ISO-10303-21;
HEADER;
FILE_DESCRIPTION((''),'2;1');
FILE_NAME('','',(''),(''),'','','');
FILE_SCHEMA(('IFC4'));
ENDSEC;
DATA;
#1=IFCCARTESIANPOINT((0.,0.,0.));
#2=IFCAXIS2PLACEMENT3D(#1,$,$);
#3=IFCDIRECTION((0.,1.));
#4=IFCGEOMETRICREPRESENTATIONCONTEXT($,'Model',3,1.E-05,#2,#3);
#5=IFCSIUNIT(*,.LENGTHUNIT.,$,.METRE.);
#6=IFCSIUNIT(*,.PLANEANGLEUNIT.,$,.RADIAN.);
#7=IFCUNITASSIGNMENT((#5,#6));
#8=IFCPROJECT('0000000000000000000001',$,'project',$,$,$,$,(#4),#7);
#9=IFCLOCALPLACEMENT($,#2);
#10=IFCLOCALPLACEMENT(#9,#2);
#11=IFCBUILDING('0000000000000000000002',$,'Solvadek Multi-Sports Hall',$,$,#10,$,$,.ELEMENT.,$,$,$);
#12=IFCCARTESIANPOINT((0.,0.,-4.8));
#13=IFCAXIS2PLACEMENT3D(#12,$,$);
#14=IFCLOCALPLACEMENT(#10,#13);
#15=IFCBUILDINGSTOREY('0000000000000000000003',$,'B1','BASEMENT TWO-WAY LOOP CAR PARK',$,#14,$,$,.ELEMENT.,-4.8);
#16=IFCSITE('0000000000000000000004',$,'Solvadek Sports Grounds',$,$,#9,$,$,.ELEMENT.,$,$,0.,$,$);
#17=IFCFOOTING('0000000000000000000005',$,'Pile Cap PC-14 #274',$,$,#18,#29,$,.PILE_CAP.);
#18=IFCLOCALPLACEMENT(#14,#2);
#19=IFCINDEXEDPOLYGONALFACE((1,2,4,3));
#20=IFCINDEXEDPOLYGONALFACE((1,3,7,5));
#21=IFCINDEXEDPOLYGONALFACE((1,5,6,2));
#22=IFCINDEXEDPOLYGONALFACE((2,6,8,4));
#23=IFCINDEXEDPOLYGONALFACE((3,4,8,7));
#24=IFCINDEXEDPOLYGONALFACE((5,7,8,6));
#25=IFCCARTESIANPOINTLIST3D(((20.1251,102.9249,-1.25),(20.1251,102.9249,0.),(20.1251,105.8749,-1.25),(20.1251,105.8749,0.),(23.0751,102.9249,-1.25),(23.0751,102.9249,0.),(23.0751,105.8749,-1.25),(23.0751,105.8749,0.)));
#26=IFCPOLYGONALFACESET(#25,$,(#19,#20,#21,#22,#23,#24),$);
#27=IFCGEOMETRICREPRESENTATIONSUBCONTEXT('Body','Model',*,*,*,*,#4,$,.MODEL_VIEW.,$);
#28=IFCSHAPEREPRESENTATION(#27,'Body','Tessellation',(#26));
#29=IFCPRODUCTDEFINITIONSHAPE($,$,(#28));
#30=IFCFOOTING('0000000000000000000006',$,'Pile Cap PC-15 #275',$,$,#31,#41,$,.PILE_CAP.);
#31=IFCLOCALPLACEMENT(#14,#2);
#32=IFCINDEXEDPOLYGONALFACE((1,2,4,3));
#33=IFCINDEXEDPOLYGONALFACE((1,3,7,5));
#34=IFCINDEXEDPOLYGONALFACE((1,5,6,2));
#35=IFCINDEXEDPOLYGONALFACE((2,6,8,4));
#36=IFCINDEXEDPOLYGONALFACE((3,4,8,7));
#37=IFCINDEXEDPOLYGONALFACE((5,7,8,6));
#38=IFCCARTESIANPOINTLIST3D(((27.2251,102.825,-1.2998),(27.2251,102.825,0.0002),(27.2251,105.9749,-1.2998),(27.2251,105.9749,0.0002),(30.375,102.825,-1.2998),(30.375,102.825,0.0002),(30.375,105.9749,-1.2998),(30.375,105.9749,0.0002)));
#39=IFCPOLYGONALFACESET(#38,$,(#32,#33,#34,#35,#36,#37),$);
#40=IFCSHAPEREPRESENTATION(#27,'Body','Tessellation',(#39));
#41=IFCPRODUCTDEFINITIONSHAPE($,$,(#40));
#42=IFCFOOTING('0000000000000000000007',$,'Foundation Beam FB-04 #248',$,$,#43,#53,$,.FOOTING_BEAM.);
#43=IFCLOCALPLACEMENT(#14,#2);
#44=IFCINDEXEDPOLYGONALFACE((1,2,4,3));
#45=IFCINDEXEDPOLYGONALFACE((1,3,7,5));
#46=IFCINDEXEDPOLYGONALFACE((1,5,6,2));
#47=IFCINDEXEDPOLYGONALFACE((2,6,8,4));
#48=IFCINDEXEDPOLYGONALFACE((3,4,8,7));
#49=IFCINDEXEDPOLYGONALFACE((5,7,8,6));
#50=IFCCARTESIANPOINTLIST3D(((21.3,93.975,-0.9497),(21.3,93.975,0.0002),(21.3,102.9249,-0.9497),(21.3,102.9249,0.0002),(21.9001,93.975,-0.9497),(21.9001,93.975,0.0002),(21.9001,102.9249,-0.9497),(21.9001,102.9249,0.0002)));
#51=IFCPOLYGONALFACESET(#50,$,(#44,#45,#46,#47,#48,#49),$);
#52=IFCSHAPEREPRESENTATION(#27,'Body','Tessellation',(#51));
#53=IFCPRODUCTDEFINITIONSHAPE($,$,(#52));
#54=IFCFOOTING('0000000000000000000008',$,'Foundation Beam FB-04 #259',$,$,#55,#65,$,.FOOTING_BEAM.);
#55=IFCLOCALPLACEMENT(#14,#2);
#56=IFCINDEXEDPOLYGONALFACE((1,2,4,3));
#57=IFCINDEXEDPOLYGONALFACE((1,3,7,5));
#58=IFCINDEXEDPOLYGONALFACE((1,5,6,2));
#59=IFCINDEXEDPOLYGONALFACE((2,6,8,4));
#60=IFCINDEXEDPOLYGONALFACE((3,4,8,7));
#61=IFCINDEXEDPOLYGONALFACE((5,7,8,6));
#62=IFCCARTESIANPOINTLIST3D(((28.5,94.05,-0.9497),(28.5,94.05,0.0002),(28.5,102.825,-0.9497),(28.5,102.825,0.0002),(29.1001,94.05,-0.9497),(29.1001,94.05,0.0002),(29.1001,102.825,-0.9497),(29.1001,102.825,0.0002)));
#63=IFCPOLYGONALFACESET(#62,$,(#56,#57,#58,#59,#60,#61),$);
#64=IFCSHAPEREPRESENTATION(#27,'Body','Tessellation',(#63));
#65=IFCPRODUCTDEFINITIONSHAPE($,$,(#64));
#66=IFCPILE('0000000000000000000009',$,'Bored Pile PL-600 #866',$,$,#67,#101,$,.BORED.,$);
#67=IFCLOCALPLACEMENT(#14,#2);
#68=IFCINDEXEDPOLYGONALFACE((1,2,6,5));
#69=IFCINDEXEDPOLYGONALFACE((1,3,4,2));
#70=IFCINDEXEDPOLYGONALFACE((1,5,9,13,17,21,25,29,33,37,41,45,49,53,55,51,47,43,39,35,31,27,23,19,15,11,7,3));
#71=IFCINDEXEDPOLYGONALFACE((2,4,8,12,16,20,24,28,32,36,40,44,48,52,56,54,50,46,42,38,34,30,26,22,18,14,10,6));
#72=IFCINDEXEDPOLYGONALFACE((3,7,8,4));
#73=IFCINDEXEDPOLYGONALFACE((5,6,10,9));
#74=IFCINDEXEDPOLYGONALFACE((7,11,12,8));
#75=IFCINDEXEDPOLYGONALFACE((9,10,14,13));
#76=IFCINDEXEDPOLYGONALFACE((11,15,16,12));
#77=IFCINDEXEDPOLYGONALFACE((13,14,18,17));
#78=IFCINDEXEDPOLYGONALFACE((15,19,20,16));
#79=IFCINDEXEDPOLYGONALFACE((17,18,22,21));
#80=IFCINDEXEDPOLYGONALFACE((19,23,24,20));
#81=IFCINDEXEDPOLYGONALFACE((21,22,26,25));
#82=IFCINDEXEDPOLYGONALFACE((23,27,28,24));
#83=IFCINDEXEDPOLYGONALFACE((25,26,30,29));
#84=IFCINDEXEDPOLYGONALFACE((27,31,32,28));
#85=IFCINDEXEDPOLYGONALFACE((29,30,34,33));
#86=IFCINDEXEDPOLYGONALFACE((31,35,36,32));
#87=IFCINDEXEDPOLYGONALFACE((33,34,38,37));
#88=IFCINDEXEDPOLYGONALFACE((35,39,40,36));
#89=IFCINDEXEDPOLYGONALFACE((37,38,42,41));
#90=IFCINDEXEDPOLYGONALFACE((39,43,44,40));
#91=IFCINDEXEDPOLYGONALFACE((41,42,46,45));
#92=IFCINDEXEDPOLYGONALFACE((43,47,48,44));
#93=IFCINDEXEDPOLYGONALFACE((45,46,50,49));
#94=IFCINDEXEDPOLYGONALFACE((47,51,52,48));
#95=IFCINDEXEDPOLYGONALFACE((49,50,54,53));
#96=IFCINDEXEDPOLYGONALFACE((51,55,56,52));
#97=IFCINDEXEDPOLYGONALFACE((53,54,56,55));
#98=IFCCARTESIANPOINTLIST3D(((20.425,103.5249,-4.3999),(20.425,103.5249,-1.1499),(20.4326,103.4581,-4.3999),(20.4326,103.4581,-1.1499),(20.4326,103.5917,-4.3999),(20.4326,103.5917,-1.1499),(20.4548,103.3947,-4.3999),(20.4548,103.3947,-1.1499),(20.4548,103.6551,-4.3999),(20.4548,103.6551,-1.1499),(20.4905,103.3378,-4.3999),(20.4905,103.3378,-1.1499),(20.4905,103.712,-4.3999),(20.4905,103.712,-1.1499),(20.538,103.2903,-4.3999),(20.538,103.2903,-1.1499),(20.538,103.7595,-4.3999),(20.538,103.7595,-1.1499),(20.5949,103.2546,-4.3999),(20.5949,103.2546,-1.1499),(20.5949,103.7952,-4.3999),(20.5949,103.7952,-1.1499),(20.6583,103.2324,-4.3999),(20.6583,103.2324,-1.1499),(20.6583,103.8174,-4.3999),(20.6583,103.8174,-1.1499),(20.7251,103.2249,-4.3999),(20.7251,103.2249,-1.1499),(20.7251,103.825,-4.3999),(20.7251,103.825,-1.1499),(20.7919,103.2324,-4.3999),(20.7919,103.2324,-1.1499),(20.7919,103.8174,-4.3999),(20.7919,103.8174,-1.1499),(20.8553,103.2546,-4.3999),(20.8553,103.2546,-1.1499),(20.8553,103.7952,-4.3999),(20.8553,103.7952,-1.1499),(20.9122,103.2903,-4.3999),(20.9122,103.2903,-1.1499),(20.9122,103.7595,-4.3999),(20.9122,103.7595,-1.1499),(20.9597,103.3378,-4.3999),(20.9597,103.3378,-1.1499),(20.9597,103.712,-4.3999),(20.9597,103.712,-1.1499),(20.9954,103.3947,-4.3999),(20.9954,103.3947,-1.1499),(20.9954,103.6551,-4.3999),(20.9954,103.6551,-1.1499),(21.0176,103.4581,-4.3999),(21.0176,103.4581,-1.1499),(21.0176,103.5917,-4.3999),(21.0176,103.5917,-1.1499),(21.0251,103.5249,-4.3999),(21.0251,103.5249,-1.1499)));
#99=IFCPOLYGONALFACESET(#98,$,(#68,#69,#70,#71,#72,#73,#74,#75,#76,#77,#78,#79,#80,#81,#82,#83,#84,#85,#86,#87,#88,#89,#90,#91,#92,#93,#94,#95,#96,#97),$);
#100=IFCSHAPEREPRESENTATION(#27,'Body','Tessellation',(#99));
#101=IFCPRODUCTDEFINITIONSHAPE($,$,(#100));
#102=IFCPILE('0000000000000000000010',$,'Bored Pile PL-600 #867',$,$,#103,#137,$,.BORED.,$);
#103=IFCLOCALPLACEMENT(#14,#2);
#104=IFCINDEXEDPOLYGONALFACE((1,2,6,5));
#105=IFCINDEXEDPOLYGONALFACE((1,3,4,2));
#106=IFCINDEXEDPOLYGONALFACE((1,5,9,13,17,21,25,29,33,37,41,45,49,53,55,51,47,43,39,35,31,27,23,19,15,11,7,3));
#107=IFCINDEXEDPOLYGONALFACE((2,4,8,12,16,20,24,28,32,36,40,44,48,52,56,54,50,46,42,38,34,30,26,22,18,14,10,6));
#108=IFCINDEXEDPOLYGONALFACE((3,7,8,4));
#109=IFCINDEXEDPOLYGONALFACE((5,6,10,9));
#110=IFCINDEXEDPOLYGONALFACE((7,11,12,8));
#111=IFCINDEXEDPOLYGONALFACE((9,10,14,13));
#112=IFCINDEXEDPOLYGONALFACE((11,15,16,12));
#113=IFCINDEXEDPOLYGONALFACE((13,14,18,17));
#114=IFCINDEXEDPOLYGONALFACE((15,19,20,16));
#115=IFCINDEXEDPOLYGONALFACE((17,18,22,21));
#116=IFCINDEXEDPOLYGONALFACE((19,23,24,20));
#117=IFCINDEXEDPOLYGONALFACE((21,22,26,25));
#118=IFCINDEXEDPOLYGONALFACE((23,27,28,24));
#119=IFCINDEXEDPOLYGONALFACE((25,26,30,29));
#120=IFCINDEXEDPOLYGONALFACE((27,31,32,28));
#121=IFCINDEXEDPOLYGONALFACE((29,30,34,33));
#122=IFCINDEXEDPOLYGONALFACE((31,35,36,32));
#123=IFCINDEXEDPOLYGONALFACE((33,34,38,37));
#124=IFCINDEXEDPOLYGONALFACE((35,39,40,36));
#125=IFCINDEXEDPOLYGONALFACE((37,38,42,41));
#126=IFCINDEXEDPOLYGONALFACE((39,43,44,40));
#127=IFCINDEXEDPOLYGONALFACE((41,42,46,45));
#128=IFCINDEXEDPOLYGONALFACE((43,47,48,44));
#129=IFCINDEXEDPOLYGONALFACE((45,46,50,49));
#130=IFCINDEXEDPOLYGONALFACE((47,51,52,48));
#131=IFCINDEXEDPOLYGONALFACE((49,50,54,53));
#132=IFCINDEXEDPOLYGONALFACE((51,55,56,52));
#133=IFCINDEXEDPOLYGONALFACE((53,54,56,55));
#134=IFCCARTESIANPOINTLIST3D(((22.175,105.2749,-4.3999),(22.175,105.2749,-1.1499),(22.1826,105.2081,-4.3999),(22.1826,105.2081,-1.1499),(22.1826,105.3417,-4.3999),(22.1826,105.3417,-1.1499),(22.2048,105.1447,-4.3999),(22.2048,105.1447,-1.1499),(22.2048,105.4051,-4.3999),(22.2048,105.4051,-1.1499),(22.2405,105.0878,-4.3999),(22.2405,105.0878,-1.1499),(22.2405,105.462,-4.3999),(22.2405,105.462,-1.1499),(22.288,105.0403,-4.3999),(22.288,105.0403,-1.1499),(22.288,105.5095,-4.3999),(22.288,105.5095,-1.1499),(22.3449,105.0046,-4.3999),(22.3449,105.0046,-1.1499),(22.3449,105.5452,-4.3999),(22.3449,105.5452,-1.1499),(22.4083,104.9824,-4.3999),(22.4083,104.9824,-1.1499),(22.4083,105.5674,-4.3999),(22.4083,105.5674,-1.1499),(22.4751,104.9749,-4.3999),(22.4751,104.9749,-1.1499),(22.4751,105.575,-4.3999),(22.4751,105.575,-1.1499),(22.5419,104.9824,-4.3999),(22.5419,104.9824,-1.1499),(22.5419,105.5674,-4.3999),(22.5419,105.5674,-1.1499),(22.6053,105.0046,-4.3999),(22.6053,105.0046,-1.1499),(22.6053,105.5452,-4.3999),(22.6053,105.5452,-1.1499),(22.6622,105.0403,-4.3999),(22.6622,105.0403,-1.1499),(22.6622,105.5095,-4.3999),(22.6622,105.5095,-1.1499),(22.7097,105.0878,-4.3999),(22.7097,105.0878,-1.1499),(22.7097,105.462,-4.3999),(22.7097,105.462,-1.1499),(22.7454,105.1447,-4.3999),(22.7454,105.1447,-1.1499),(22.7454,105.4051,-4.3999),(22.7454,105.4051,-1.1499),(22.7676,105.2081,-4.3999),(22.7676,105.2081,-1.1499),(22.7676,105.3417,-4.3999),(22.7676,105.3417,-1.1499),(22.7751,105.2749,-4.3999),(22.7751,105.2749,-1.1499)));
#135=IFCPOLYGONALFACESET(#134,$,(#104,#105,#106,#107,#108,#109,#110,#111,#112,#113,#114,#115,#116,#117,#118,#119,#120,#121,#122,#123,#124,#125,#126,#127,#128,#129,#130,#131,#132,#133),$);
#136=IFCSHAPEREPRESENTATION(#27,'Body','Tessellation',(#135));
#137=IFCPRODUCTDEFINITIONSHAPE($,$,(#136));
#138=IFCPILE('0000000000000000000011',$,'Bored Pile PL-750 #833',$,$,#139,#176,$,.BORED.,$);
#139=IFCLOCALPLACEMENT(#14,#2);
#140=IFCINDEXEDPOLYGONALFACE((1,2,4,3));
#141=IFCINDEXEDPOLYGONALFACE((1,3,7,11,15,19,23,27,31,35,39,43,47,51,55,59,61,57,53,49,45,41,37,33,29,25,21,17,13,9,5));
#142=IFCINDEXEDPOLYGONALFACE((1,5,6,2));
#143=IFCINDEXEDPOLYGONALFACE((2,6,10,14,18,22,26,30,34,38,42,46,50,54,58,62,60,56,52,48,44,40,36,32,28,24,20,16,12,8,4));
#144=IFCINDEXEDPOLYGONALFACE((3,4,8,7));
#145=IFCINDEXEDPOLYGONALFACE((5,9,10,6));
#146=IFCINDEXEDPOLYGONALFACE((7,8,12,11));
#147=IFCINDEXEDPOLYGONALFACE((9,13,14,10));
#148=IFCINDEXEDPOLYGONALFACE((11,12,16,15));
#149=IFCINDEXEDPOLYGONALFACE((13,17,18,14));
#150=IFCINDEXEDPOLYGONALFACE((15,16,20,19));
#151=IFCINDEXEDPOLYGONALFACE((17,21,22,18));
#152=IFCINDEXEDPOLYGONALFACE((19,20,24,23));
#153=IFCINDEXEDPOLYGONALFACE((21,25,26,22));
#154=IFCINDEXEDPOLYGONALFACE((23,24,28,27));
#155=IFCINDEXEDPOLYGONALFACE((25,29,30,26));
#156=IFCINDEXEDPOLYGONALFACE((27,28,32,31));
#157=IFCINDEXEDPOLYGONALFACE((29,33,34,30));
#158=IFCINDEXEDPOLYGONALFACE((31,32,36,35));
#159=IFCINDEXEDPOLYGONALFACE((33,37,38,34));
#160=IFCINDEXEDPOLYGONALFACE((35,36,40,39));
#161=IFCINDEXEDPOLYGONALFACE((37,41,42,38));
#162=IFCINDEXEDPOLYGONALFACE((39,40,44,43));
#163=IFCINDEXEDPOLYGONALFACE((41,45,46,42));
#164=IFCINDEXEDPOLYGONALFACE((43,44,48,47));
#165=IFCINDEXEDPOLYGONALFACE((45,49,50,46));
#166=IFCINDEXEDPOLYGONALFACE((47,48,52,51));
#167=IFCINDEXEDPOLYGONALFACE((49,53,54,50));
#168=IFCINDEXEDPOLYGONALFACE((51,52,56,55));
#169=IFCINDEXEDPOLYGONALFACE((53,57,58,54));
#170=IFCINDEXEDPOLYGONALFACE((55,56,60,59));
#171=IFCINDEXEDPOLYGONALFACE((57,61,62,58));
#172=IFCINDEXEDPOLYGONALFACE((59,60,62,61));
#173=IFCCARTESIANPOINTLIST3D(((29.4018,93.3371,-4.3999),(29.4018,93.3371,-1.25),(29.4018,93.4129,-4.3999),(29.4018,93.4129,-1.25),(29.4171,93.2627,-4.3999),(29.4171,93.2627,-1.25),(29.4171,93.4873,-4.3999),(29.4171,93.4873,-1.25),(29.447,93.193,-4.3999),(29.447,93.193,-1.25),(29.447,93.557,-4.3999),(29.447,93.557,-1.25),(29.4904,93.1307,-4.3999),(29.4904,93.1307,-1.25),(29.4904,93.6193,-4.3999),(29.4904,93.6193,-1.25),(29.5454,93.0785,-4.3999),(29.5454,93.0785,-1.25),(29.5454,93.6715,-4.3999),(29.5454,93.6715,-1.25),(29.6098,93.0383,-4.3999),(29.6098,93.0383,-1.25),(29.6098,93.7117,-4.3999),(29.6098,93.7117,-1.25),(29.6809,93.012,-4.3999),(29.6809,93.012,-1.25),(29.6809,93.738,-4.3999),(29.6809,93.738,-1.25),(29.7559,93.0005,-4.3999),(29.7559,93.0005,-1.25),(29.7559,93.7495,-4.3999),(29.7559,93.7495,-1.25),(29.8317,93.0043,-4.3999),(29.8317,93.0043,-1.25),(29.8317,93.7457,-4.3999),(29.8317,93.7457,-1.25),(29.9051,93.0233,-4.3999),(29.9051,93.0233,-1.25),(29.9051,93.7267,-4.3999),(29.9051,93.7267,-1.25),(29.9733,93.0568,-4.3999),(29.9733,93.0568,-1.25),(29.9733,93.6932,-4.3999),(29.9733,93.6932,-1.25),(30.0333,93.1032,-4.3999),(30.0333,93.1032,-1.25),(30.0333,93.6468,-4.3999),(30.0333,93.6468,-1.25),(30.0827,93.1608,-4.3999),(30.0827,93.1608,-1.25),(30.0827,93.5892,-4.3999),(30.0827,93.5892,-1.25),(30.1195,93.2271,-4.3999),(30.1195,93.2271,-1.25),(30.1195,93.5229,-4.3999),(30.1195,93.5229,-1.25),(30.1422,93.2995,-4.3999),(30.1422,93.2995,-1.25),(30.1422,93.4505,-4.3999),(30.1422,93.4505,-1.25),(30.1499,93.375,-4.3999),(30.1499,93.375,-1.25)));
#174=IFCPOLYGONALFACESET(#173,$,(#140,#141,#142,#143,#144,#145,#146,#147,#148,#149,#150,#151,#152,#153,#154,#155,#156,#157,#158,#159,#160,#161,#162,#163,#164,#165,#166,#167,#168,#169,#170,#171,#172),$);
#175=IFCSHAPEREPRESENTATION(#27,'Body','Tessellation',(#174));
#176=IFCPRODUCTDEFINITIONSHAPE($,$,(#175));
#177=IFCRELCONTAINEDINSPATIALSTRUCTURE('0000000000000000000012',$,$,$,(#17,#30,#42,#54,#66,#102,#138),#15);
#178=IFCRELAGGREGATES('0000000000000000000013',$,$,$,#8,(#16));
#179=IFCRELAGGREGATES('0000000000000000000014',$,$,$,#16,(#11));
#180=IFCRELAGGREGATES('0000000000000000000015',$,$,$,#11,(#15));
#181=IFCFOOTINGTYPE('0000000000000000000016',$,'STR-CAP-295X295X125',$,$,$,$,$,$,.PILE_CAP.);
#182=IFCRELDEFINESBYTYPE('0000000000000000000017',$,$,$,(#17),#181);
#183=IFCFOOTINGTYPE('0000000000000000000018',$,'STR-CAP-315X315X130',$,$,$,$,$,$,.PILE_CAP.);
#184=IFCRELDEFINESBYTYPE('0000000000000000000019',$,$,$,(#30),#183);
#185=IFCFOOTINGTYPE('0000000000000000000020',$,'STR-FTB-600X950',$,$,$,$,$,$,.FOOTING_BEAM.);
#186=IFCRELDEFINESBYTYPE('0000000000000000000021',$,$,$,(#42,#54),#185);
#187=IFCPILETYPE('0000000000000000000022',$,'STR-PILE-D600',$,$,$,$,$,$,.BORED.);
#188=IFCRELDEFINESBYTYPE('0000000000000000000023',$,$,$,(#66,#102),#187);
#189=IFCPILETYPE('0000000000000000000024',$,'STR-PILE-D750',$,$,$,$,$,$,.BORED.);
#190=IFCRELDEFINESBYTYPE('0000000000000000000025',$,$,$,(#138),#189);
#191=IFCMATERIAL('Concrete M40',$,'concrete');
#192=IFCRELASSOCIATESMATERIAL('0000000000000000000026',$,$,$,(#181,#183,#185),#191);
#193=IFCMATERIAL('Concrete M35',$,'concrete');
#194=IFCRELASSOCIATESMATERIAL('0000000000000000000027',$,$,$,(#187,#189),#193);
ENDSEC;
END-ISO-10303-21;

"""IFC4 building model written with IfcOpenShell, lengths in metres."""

from ifc_helpers import new_model, si_unit, direction, frame, origin, origin_2d, place, context, subcontext, project, spatial, rectangle, circle, extrude, material, material_profile, profile_set, type_object, element, save


model = new_model("IFC4")

# Units and contexts
model_context = context("Model", 3, precision=1e-05, world=origin(), true_north=direction((0.0, 1.0)))
body_context = subcontext(model_context, "Body", "Model", "MODEL_VIEW")
ifc_project = project(units=[si_unit("LENGTHUNIT", "METRE"), si_unit("PLANEANGLEUNIT", "RADIAN")], contexts=[model_context])

# Site, building, storey
site_placement = place(None, origin())
site = spatial("IfcSite", under=ifc_project, at=site_placement, Name="Solvadek Sports Grounds", CompositionType="ELEMENT", RefElevation=0.0)
building_placement = place(site_placement, origin())
building = spatial("IfcBuilding", under=site, at=building_placement, Name="Solvadek Multi-Sports Hall", CompositionType="ELEMENT")
storey_placement = place(building_placement, frame((0.0, 0.0, -4.8)))
storey = spatial("IfcBuildingStorey", under=building, at=storey_placement, Name="B1", Description="BASEMENT TWO-WAY LOOP CAR PARK", CompositionType="ELEMENT", Elevation=-4.8)

# Footings
ifc_material_1 = material(Name="Concrete M40", Category="concrete")
footing_type_1 = type_object("IfcFootingType", Name="STR-CAP-295X295X125", PredefinedType="PILE_CAP", material=ifc_material_1)
footing_1_placement = place(storey_placement, frame((21.6001, 104.3999, -1.25), z_axis=(0.0, 0.0, 1.0), x_axis=(1.0, 0.0, 0.0)))
element("IfcFooting", 1, at=footing_1_placement, inside=storey, type_object=footing_type_1, Name="Pile Cap PC-14 #274", PredefinedType="PILE_CAP", context=body_context, shape_type="SweptSolid", body=[
    extrude(rectangle(XDim=2.95, YDim=2.95, at=origin_2d()), origin(), (0.0, 0.0, 1.0), 1.25),
])
footing_type_2 = type_object("IfcFootingType", Name="STR-CAP-315X315X130", PredefinedType="PILE_CAP", material=ifc_material_1)
footing_2_placement = place(storey_placement, frame((28.8, 104.3999, -1.2998), z_axis=(0.0, 0.0, 1.0), x_axis=(1.0, 0.0, 0.0)))
element("IfcFooting", 2, at=footing_2_placement, inside=storey, type_object=footing_type_2, Name="Pile Cap PC-15 #275", PredefinedType="PILE_CAP", context=body_context, shape_type="SweptSolid", body=[
    extrude(rectangle(XDim=3.1499, YDim=3.1499, at=origin_2d()), origin(), (0.0, 0.0, 1.0), 1.3),
])
footing_type_3 = type_object("IfcFootingType", Name="STR-FTB-600X950", PredefinedType="FOOTING_BEAM", material=ifc_material_1)
footing_3_placement = place(storey_placement, frame((21.6001, 98.45, -0.9497), z_axis=(0.0, 0.0, 1.0), x_axis=(0.0, 1.0, 0.0)))
element("IfcFooting", 3, at=footing_3_placement, inside=storey, type_object=footing_type_3, Name="Foundation Beam FB-04 #248", PredefinedType="FOOTING_BEAM", context=body_context, shape_type="SweptSolid", body=[
    extrude(rectangle(XDim=8.95, YDim=0.6001, at=origin_2d()), origin(), (0.0, 0.0, 1.0), 0.95),
])
footing_4_placement = place(storey_placement, frame((28.8, 98.4375, -0.9497), z_axis=(0.0, 0.0, 1.0), x_axis=(0.0, 1.0, 0.0)))
element("IfcFooting", 4, at=footing_4_placement, inside=storey, type_object=footing_type_3, Name="Foundation Beam FB-04 #259", PredefinedType="FOOTING_BEAM", context=body_context, shape_type="SweptSolid", body=[
    extrude(rectangle(XDim=8.7749, YDim=0.6001, at=origin_2d()), origin(), (0.0, 0.0, 1.0), 0.95),
])

# Piles
ifc_material_2 = material(Name="Concrete M35", Category="concrete")
ifc_material_profile_1 = material_profile(ifc_material_2, circle(Radius=0.3, at=origin_2d()), Name="BORED PILE D600")
ifc_profile_set_1 = profile_set([ifc_material_profile_1], Name="Concrete M35")
pile_type_1 = type_object("IfcPileType", Name="STR-PILE-D600", PredefinedType="BORED", material=ifc_profile_set_1)
for number, where, z_axis, x_axis, name in (
    (5, (20.7251, 103.5249, -1.1499), (0.0, 0.0, -1.0), (1.0, 0.0, 0.0), "Bored Pile PL-600 #866"),
    (6, (22.4751, 105.2749, -1.1499), (0.0, 0.0, -1.0), (1.0, 0.0, 0.0), "Bored Pile PL-600 #867"),
):
    element("IfcPile", number, at=place(storey_placement, frame(where, z_axis=z_axis, x_axis=x_axis)), inside=storey, type_object=pile_type_1, Name=name, PredefinedType="BORED", context=body_context, shape_type="SweptSolid", body=[
        extrude(circle(Radius=0.3, at=origin_2d()), origin(), (0.0, 0.0, 1.0), 3.25),
    ])
ifc_material_profile_2 = material_profile(ifc_material_2, circle(Radius=0.375, at=origin_2d()), Name="BORED PILE D750")
ifc_profile_set_2 = profile_set([ifc_material_profile_2], Name="Concrete M35")
pile_type_2 = type_object("IfcPileType", Name="STR-PILE-D750", PredefinedType="BORED", material=ifc_profile_set_2)
for number, where, z_axis, x_axis, name in (
    (7, (29.7749, 93.375, -1.25), (0.0, 0.0, -1.0), (1.0, 0.0, 0.0), "Bored Pile PL-750 #833"),
):
    element("IfcPile", number, at=place(storey_placement, frame(where, z_axis=z_axis, x_axis=x_axis)), inside=storey, type_object=pile_type_2, Name=name, PredefinedType="BORED", context=body_context, shape_type="SweptSolid", body=[
        extrude(circle(Radius=0.375, at=origin_2d()), origin(), (0.0, 0.0, 1.0), 3.1499),
    ])

save(model, "model.ifc")
